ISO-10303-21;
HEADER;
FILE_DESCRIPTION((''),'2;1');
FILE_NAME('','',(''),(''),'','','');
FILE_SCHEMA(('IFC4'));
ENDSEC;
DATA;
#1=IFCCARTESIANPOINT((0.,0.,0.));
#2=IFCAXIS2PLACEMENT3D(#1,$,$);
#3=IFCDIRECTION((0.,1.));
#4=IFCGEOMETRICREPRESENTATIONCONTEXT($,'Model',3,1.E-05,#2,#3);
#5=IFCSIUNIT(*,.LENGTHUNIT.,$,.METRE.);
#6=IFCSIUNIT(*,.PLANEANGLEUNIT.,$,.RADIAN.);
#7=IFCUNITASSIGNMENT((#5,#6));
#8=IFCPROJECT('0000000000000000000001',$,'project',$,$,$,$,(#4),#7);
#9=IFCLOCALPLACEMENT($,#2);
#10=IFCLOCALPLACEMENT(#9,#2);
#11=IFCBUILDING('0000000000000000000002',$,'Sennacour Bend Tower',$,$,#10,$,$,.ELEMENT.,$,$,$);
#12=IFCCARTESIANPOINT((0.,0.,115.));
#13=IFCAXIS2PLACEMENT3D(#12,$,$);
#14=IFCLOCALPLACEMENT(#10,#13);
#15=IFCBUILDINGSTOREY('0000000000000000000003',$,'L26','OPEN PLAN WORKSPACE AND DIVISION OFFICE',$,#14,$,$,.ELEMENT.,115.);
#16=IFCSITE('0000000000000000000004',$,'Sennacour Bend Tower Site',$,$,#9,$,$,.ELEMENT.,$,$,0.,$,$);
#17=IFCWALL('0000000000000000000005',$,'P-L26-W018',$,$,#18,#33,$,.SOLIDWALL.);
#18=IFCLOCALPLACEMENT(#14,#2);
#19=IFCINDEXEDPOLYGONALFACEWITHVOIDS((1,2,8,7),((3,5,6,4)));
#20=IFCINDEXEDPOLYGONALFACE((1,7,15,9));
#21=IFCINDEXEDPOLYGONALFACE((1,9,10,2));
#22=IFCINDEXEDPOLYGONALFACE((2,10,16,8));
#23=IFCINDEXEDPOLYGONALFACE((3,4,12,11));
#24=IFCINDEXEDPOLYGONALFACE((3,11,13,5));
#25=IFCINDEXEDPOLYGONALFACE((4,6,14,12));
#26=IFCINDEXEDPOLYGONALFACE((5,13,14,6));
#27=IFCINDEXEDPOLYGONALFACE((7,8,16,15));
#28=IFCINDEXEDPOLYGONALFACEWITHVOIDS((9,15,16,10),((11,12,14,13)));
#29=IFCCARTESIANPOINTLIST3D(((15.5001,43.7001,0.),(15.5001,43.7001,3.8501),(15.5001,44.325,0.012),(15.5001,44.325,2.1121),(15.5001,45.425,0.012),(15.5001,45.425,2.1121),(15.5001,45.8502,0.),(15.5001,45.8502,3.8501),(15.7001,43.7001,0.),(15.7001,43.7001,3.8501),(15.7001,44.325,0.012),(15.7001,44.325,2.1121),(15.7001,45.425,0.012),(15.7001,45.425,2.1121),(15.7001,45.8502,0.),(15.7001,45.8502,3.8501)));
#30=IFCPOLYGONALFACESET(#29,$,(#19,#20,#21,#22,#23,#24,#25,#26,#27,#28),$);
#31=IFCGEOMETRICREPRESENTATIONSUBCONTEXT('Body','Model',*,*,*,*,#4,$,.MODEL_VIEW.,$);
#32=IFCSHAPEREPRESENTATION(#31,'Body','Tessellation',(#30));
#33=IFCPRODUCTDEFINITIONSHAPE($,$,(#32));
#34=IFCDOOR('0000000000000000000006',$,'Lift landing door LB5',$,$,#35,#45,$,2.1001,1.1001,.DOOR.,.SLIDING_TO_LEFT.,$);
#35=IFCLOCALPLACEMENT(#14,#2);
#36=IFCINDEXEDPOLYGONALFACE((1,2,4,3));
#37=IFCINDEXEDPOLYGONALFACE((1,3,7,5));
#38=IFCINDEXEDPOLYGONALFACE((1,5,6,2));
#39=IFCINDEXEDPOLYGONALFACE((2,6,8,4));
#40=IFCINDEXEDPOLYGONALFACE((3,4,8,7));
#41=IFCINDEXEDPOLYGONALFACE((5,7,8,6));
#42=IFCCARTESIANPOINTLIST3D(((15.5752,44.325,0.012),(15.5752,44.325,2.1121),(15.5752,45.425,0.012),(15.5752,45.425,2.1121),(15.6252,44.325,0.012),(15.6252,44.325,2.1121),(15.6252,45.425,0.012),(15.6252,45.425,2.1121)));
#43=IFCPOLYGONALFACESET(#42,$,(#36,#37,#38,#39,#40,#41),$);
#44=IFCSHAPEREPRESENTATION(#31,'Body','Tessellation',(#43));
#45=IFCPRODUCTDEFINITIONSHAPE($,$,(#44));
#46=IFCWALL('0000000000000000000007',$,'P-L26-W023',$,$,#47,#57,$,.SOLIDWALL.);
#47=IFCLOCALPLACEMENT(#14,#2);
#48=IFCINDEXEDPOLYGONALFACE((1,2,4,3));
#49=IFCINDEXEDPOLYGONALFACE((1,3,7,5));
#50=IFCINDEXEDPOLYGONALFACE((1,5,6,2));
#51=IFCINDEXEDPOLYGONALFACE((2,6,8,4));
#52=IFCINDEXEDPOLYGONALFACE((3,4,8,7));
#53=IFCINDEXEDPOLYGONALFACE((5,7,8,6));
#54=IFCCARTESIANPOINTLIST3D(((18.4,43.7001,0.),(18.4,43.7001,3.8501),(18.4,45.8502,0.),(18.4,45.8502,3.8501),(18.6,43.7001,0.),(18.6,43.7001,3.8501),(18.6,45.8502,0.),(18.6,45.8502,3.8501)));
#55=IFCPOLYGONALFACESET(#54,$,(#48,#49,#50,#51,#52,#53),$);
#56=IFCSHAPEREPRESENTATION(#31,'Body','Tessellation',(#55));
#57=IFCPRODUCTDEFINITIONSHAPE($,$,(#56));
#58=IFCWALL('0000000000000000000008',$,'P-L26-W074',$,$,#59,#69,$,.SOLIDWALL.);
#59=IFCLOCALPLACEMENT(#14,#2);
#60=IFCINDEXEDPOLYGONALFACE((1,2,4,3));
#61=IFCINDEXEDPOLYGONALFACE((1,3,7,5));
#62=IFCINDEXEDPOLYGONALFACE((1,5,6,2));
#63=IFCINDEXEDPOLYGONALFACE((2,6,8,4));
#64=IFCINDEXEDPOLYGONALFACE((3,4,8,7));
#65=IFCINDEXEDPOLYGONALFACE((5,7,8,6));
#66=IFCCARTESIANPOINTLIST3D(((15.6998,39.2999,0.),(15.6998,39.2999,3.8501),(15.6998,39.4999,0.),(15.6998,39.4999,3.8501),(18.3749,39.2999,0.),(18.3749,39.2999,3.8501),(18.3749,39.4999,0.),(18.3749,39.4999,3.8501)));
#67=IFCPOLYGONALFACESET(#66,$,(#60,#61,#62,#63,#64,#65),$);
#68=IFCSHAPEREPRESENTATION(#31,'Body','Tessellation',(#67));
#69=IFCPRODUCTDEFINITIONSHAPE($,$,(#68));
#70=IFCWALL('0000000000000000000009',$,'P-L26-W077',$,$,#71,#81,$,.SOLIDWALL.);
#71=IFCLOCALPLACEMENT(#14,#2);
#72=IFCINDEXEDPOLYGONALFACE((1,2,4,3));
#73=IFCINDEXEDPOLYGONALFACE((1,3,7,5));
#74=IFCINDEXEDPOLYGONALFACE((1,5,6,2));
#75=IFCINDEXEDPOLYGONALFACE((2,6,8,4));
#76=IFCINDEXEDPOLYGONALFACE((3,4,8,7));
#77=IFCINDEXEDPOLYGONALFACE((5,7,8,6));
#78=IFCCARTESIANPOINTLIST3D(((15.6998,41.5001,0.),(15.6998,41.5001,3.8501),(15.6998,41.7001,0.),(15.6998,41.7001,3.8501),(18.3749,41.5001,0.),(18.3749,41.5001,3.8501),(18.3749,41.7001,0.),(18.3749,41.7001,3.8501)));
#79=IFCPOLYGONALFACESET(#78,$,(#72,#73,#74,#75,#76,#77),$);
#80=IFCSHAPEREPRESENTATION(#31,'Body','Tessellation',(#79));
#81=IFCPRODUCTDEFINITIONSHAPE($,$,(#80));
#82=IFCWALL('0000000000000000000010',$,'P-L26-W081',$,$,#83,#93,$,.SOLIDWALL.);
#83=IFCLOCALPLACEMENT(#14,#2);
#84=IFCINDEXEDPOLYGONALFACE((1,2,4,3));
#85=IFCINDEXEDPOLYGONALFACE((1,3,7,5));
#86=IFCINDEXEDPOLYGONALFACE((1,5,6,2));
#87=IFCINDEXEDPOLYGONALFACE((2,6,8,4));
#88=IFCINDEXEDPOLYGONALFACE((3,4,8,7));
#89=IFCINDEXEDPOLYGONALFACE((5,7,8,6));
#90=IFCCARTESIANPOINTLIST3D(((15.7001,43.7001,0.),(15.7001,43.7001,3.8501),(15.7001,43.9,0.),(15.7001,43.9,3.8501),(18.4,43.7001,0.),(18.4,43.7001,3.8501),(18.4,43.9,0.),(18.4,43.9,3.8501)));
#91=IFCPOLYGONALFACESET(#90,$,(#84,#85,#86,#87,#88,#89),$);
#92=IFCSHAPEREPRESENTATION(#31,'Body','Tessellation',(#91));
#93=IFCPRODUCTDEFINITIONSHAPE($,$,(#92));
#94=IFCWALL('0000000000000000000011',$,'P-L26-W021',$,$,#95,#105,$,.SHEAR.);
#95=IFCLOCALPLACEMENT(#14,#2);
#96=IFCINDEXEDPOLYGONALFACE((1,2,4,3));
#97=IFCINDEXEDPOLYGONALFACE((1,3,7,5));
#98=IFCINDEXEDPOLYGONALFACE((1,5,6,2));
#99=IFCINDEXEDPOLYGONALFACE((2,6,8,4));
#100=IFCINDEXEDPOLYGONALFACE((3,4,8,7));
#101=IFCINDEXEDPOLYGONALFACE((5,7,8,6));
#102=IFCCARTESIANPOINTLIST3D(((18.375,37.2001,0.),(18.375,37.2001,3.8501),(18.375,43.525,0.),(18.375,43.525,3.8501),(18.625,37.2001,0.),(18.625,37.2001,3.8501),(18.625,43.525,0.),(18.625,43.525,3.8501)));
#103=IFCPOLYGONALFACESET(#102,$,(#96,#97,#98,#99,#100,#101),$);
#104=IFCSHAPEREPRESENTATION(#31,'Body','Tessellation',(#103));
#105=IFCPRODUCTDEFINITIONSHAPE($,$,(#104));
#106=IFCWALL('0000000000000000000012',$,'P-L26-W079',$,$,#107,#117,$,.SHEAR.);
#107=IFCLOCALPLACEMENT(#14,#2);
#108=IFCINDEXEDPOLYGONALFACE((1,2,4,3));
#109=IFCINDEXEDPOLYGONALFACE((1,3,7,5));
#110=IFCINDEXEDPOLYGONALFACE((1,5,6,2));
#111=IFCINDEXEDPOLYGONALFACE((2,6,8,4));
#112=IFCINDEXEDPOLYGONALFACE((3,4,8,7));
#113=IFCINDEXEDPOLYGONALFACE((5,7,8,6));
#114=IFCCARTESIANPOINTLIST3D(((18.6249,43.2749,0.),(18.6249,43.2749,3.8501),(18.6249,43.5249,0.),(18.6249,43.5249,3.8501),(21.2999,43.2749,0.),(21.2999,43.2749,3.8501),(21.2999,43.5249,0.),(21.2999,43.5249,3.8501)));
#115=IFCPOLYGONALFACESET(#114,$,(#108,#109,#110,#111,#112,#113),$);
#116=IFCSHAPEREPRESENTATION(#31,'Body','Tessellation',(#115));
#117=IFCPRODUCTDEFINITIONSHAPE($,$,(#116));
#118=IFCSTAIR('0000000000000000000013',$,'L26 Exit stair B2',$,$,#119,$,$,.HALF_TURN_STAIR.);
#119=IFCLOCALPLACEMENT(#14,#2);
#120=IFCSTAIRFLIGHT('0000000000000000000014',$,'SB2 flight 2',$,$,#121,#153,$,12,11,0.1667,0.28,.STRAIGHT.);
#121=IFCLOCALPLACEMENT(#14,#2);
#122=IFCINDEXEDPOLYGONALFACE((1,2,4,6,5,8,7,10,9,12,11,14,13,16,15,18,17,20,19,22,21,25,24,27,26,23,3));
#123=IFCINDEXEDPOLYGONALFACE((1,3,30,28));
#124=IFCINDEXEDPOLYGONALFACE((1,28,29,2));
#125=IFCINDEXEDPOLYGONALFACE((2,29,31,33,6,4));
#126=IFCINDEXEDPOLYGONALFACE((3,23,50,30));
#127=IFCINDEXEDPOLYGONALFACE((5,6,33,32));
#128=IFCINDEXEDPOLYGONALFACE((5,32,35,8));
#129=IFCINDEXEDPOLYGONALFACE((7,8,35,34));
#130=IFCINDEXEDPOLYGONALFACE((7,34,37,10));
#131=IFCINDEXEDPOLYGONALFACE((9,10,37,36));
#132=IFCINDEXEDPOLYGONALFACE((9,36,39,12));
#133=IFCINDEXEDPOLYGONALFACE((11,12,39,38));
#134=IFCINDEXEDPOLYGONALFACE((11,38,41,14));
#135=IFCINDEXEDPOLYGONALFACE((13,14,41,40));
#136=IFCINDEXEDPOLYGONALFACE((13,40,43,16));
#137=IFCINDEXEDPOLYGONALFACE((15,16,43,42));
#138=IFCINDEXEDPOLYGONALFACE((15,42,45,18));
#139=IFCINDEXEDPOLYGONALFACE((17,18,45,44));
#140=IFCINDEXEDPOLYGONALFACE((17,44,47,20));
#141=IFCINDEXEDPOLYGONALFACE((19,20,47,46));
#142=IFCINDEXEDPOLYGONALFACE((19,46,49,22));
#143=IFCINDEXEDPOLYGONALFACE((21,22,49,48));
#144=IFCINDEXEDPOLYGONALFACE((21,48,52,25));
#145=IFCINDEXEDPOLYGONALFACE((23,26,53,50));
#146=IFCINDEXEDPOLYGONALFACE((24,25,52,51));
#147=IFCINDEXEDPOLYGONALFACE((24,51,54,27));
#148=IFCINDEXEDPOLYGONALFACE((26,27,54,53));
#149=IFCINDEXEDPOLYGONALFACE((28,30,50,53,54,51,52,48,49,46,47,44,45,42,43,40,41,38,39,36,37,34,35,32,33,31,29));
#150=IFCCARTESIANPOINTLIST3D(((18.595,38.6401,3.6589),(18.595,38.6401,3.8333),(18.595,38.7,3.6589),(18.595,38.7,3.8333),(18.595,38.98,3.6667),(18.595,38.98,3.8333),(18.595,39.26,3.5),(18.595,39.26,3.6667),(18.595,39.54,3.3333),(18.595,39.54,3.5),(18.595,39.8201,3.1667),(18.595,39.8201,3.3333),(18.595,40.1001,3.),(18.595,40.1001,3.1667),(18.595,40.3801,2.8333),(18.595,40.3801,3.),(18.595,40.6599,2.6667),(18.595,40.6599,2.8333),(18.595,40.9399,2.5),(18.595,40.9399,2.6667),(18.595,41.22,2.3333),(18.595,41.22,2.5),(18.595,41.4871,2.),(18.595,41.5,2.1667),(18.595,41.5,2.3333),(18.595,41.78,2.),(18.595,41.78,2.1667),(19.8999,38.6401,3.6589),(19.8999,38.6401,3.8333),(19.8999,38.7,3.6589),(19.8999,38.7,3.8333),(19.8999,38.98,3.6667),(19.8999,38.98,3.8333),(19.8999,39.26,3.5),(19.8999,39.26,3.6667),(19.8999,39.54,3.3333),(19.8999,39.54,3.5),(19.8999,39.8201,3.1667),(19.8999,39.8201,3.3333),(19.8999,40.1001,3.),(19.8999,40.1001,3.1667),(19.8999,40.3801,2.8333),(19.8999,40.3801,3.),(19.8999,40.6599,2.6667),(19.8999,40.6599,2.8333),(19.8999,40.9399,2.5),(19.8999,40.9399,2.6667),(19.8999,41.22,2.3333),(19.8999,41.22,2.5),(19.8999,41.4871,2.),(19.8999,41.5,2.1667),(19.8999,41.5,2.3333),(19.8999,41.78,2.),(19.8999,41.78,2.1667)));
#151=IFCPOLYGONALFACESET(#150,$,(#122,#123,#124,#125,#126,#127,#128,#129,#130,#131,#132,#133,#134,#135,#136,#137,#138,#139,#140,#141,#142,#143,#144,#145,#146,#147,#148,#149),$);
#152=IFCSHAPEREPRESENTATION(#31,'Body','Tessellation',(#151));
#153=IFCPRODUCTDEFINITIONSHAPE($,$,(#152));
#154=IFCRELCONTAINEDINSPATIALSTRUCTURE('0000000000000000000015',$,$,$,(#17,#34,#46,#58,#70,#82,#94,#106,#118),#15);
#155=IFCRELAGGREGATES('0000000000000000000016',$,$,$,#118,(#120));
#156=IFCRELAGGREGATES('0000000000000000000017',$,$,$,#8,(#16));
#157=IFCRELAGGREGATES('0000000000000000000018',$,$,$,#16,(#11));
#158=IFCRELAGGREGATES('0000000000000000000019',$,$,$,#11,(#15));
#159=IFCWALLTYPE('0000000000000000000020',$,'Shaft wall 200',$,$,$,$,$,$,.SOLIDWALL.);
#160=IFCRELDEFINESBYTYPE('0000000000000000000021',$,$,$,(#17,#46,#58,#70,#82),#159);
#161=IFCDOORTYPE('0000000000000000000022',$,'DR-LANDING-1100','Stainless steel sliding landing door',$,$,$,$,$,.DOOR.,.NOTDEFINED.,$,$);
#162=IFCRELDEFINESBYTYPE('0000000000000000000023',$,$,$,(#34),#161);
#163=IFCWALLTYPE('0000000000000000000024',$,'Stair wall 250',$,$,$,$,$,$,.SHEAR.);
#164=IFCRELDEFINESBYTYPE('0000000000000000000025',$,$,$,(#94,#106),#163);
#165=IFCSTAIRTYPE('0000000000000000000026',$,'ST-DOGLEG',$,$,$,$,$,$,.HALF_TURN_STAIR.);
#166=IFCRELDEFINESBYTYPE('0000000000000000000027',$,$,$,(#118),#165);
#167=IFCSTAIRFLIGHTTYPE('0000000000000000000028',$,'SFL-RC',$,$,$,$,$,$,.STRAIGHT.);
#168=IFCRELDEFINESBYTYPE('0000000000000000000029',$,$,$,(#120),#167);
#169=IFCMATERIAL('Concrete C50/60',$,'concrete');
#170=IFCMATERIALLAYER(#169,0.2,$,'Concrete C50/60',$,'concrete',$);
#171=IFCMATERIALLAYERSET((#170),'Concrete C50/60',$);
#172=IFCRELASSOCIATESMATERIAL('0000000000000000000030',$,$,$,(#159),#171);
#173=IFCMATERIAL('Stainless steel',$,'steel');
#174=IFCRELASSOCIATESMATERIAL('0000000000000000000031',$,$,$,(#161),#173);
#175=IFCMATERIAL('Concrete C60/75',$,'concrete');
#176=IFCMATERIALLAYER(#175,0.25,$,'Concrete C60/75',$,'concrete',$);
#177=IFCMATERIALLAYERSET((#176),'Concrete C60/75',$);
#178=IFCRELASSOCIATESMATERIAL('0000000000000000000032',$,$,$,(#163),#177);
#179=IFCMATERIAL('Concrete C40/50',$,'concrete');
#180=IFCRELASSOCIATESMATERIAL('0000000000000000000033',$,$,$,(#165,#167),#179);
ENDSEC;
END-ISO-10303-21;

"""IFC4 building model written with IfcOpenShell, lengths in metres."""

from ifc_helpers import new_model, si_unit, direction, frame, frame_2d, origin, place, context, subcontext, project, spatial, polyline, rectangle, outline, extrude, material, layer, layer_set, type_object, element, fill, aggregate, save


model = new_model("IFC4")

# Units and contexts
model_context = context("Model", 3, precision=1e-05, world=origin(), true_north=direction((0.0, 1.0)))
body_context = subcontext(model_context, "Body", "Model", "MODEL_VIEW")
ifc_project = project(units=[si_unit("LENGTHUNIT", "METRE"), si_unit("PLANEANGLEUNIT", "RADIAN")], contexts=[model_context])

# Site, building, storey
site_placement = place(None, origin())
site = spatial("IfcSite", under=ifc_project, at=site_placement, Name="Sennacour Bend Tower Site", CompositionType="ELEMENT", RefElevation=0.0)
building_placement = place(site_placement, origin())
building = spatial("IfcBuilding", under=site, at=building_placement, Name="Sennacour Bend Tower", CompositionType="ELEMENT")
storey_placement = place(building_placement, frame((0.0, 0.0, 115.0)))
storey = spatial("IfcBuildingStorey", under=building, at=storey_placement, Name="L26", Description="OPEN PLAN WORKSPACE AND DIVISION OFFICE", CompositionType="ELEMENT", Elevation=115.0)

# Shared definitions
ifc_material_1 = material(Name="Concrete C50/60", Category="concrete")
ifc_layer_1 = layer(ifc_material_1, 0.2, Name="Concrete C50/60", Category="concrete")
ifc_layer_set_1 = layer_set([ifc_layer_1], Name="Concrete C50/60")
wall_type_1 = type_object("IfcWallType", Name="Shaft wall 200", PredefinedType="SOLIDWALL", material=ifc_layer_set_1)
ifc_material_2 = material(Name="Stainless steel", Category="steel")

# Wall, opening, door
wall_1_placement = place(storey_placement, frame((15.6001, 43.7, 0.0), z_axis=(0.0, 0.0, 1.0), x_axis=(0.0, 1.0, 0.0)))
wall_1 = element("IfcWall", 1, at=wall_1_placement, inside=storey, type_object=wall_type_1, Name="P-L26-W018", PredefinedType="SOLIDWALL", context=body_context, shape_type="SweptSolid", body=[
    extrude(rectangle(XDim=2.1501, YDim=0.2, at=frame_2d((1.0752, 0.0))), origin(), (0.0, 0.0, 1.0), 3.8501),
])
opening_1_placement = place(wall_1_placement, frame((0.625, 0.0, 0.012)))
opening_1 = element("IfcOpeningElement", 2, at=opening_1_placement, cuts=wall_1, PredefinedType="OPENING", context=body_context, shape_type="SweptSolid", body=[
    extrude(rectangle(XDim=1.1001, YDim=2.1001, at=frame_2d((0.55, 1.05))), frame((0.0, 0.1099, 0.0), z_axis=(0.0, -1.0, 0.0), x_axis=(1.0, 0.0, 0.0)), (0.0, 0.0, 1.0), 0.22),
])
door_type_1 = type_object("IfcDoorType", Name="DR-LANDING-1100", Description="Stainless steel sliding landing door", OperationType="NOTDEFINED", PredefinedType="DOOR", material=ifc_material_2)
door_1_placement = place(opening_1_placement, origin())
door_1 = element("IfcDoor", 3, at=door_1_placement, inside=storey, type_object=door_type_1, Name="Lift landing door LB5", OperationType="SLIDING_TO_LEFT", OverallHeight=2.1001, OverallWidth=1.1001, PredefinedType="DOOR", context=body_context, shape_type="SweptSolid", body=[
    extrude(rectangle(XDim=1.1001, YDim=2.1001, at=frame_2d((0.55, 1.05))), frame((0.0, 0.0249, 0.0), z_axis=(0.0, -1.0, 0.0), x_axis=(1.0, 0.0, 0.0)), (0.0, 0.0, 1.0), 0.05),
])
fill(opening_1, door_1)

# Walls
wall_2_placement = place(storey_placement, frame((18.5, 43.7, 0.0), z_axis=(0.0, 0.0, 1.0), x_axis=(0.0, 1.0, 0.0)))
element("IfcWall", 4, at=wall_2_placement, inside=storey, type_object=wall_type_1, Name="P-L26-W023", PredefinedType="SOLIDWALL", context=body_context, shape_type="SweptSolid", body=[
    extrude(rectangle(XDim=2.1501, YDim=0.2, at=frame_2d((1.0752, 0.0))), origin(), (0.0, 0.0, 1.0), 3.8501),
])
for number, where, z_axis, x_axis, name in (
    (5, (15.7, 39.3999, 0.0), (0.0, 0.0, 1.0), (1.0, 0.0, 0.0), "P-L26-W074"),
    (6, (15.7, 41.6001, 0.0), (0.0, 0.0, 1.0), (1.0, 0.0, 0.0), "P-L26-W077"),
):
    element("IfcWall", number, at=place(storey_placement, frame(where, z_axis=z_axis, x_axis=x_axis)), inside=storey, type_object=wall_type_1, Name=name, PredefinedType="SOLIDWALL", context=body_context, shape_type="SweptSolid", body=[
        extrude(rectangle(XDim=2.675, YDim=0.2, at=frame_2d((1.3374, 0.0))), origin(), (0.0, 0.0, 1.0), 3.8501),
    ])
wall_3_placement = place(storey_placement, frame((15.7, 43.8, 0.0), z_axis=(0.0, 0.0, 1.0), x_axis=(1.0, 0.0, 0.0)))
element("IfcWall", 7, at=wall_3_placement, inside=storey, type_object=wall_type_1, Name="P-L26-W081", PredefinedType="SOLIDWALL", context=body_context, shape_type="SweptSolid", body=[
    extrude(rectangle(XDim=2.7, YDim=0.2, at=frame_2d((1.3501, 0.0))), origin(), (0.0, 0.0, 1.0), 3.8501),
])
ifc_material_3 = material(Name="Concrete C60/75", Category="concrete")
ifc_layer_2 = layer(ifc_material_3, 0.25, Name="Concrete C60/75", Category="concrete")
ifc_layer_set_2 = layer_set([ifc_layer_2], Name="Concrete C60/75")
wall_type_2 = type_object("IfcWallType", Name="Stair wall 250", PredefinedType="SHEAR", material=ifc_layer_set_2)
wall_4_placement = place(storey_placement, frame((18.5, 37.2, 0.0), z_axis=(0.0, 0.0, 1.0), x_axis=(0.0, 1.0, 0.0)))
element("IfcWall", 8, at=wall_4_placement, inside=storey, type_object=wall_type_2, Name="P-L26-W021", PredefinedType="SHEAR", context=body_context, shape_type="SweptSolid", body=[
    extrude(rectangle(XDim=6.325, YDim=0.25, at=frame_2d((3.1626, 0.0))), origin(), (0.0, 0.0, 1.0), 3.8501),
])
wall_5_placement = place(storey_placement, frame((18.625, 43.3999, 0.0), z_axis=(0.0, 0.0, 1.0), x_axis=(1.0, 0.0, 0.0)))
element("IfcWall", 9, at=wall_5_placement, inside=storey, type_object=wall_type_2, Name="P-L26-W079", PredefinedType="SHEAR", context=body_context, shape_type="SweptSolid", body=[
    extrude(rectangle(XDim=2.675, YDim=0.25, at=frame_2d((1.3374, 0.0))), origin(), (0.0, 0.0, 1.0), 3.8501),
])

# Stair, stair flight
ifc_material_4 = material(Name="Concrete C40/50", Category="concrete")
stair_type = type_object("IfcStairType", Name="ST-DOGLEG", PredefinedType="HALF_TURN_STAIR", material=ifc_material_4)
stair_placement = place(storey_placement, origin())
stair = element("IfcStair", 10, at=stair_placement, inside=storey, type_object=stair_type, Name="L26 Exit stair B2", PredefinedType="HALF_TURN_STAIR")
stair_flight_type = type_object("IfcStairFlightType", Name="SFL-RC", PredefinedType="STRAIGHT", material=ifc_material_4)
stair_flight_placement = place(storey_placement, frame((19.2476, 41.78, 2.0), z_axis=(0.0, 0.0, 1.0), x_axis=(0.0, -1.0, 0.0)))
stair_flight = element("IfcStairFlight", 11, at=stair_flight_placement, type_object=stair_flight_type, Name="SB2 flight 2", NumberOfRisers=12, NumberOfTreads=11, PredefinedType="STRAIGHT", RiserHeight=0.1667, TreadLength=0.28, context=body_context, shape_type="SweptSolid", body=[
    extrude(outline(polyline([(0.0, 0.0), (0.0, 0.1667), (0.28, 0.1667), (0.28, 0.3333), (0.5601, 0.3333), (0.5601, 0.5), (0.8401, 0.5), (0.8401, 0.6667), (1.1201, 0.6667), (1.1201, 0.8333), (1.3999, 0.8333), (1.3999, 1.0), (1.6799, 1.0), (1.6799, 1.1667), (1.96, 1.1667), (1.96, 1.3333), (2.24, 1.3333), (2.24, 1.5), (2.52, 1.5), (2.52, 1.6667), (2.8, 1.6667), (2.8, 1.8333), (3.0801, 1.8333), (3.1399, 1.8333), (3.1399, 1.6589), (3.0801, 1.6589), (0.293, 0.0), (0.0, 0.0)])), frame((0.0, 0.6523, 0.0), z_axis=(0.0, -1.0, 0.0), x_axis=(1.0, 0.0, 0.0)), (0.0, 0.0, 1.0), 1.3049),
])
aggregate(stair, [stair_flight])

save(model, "model.ifc")
